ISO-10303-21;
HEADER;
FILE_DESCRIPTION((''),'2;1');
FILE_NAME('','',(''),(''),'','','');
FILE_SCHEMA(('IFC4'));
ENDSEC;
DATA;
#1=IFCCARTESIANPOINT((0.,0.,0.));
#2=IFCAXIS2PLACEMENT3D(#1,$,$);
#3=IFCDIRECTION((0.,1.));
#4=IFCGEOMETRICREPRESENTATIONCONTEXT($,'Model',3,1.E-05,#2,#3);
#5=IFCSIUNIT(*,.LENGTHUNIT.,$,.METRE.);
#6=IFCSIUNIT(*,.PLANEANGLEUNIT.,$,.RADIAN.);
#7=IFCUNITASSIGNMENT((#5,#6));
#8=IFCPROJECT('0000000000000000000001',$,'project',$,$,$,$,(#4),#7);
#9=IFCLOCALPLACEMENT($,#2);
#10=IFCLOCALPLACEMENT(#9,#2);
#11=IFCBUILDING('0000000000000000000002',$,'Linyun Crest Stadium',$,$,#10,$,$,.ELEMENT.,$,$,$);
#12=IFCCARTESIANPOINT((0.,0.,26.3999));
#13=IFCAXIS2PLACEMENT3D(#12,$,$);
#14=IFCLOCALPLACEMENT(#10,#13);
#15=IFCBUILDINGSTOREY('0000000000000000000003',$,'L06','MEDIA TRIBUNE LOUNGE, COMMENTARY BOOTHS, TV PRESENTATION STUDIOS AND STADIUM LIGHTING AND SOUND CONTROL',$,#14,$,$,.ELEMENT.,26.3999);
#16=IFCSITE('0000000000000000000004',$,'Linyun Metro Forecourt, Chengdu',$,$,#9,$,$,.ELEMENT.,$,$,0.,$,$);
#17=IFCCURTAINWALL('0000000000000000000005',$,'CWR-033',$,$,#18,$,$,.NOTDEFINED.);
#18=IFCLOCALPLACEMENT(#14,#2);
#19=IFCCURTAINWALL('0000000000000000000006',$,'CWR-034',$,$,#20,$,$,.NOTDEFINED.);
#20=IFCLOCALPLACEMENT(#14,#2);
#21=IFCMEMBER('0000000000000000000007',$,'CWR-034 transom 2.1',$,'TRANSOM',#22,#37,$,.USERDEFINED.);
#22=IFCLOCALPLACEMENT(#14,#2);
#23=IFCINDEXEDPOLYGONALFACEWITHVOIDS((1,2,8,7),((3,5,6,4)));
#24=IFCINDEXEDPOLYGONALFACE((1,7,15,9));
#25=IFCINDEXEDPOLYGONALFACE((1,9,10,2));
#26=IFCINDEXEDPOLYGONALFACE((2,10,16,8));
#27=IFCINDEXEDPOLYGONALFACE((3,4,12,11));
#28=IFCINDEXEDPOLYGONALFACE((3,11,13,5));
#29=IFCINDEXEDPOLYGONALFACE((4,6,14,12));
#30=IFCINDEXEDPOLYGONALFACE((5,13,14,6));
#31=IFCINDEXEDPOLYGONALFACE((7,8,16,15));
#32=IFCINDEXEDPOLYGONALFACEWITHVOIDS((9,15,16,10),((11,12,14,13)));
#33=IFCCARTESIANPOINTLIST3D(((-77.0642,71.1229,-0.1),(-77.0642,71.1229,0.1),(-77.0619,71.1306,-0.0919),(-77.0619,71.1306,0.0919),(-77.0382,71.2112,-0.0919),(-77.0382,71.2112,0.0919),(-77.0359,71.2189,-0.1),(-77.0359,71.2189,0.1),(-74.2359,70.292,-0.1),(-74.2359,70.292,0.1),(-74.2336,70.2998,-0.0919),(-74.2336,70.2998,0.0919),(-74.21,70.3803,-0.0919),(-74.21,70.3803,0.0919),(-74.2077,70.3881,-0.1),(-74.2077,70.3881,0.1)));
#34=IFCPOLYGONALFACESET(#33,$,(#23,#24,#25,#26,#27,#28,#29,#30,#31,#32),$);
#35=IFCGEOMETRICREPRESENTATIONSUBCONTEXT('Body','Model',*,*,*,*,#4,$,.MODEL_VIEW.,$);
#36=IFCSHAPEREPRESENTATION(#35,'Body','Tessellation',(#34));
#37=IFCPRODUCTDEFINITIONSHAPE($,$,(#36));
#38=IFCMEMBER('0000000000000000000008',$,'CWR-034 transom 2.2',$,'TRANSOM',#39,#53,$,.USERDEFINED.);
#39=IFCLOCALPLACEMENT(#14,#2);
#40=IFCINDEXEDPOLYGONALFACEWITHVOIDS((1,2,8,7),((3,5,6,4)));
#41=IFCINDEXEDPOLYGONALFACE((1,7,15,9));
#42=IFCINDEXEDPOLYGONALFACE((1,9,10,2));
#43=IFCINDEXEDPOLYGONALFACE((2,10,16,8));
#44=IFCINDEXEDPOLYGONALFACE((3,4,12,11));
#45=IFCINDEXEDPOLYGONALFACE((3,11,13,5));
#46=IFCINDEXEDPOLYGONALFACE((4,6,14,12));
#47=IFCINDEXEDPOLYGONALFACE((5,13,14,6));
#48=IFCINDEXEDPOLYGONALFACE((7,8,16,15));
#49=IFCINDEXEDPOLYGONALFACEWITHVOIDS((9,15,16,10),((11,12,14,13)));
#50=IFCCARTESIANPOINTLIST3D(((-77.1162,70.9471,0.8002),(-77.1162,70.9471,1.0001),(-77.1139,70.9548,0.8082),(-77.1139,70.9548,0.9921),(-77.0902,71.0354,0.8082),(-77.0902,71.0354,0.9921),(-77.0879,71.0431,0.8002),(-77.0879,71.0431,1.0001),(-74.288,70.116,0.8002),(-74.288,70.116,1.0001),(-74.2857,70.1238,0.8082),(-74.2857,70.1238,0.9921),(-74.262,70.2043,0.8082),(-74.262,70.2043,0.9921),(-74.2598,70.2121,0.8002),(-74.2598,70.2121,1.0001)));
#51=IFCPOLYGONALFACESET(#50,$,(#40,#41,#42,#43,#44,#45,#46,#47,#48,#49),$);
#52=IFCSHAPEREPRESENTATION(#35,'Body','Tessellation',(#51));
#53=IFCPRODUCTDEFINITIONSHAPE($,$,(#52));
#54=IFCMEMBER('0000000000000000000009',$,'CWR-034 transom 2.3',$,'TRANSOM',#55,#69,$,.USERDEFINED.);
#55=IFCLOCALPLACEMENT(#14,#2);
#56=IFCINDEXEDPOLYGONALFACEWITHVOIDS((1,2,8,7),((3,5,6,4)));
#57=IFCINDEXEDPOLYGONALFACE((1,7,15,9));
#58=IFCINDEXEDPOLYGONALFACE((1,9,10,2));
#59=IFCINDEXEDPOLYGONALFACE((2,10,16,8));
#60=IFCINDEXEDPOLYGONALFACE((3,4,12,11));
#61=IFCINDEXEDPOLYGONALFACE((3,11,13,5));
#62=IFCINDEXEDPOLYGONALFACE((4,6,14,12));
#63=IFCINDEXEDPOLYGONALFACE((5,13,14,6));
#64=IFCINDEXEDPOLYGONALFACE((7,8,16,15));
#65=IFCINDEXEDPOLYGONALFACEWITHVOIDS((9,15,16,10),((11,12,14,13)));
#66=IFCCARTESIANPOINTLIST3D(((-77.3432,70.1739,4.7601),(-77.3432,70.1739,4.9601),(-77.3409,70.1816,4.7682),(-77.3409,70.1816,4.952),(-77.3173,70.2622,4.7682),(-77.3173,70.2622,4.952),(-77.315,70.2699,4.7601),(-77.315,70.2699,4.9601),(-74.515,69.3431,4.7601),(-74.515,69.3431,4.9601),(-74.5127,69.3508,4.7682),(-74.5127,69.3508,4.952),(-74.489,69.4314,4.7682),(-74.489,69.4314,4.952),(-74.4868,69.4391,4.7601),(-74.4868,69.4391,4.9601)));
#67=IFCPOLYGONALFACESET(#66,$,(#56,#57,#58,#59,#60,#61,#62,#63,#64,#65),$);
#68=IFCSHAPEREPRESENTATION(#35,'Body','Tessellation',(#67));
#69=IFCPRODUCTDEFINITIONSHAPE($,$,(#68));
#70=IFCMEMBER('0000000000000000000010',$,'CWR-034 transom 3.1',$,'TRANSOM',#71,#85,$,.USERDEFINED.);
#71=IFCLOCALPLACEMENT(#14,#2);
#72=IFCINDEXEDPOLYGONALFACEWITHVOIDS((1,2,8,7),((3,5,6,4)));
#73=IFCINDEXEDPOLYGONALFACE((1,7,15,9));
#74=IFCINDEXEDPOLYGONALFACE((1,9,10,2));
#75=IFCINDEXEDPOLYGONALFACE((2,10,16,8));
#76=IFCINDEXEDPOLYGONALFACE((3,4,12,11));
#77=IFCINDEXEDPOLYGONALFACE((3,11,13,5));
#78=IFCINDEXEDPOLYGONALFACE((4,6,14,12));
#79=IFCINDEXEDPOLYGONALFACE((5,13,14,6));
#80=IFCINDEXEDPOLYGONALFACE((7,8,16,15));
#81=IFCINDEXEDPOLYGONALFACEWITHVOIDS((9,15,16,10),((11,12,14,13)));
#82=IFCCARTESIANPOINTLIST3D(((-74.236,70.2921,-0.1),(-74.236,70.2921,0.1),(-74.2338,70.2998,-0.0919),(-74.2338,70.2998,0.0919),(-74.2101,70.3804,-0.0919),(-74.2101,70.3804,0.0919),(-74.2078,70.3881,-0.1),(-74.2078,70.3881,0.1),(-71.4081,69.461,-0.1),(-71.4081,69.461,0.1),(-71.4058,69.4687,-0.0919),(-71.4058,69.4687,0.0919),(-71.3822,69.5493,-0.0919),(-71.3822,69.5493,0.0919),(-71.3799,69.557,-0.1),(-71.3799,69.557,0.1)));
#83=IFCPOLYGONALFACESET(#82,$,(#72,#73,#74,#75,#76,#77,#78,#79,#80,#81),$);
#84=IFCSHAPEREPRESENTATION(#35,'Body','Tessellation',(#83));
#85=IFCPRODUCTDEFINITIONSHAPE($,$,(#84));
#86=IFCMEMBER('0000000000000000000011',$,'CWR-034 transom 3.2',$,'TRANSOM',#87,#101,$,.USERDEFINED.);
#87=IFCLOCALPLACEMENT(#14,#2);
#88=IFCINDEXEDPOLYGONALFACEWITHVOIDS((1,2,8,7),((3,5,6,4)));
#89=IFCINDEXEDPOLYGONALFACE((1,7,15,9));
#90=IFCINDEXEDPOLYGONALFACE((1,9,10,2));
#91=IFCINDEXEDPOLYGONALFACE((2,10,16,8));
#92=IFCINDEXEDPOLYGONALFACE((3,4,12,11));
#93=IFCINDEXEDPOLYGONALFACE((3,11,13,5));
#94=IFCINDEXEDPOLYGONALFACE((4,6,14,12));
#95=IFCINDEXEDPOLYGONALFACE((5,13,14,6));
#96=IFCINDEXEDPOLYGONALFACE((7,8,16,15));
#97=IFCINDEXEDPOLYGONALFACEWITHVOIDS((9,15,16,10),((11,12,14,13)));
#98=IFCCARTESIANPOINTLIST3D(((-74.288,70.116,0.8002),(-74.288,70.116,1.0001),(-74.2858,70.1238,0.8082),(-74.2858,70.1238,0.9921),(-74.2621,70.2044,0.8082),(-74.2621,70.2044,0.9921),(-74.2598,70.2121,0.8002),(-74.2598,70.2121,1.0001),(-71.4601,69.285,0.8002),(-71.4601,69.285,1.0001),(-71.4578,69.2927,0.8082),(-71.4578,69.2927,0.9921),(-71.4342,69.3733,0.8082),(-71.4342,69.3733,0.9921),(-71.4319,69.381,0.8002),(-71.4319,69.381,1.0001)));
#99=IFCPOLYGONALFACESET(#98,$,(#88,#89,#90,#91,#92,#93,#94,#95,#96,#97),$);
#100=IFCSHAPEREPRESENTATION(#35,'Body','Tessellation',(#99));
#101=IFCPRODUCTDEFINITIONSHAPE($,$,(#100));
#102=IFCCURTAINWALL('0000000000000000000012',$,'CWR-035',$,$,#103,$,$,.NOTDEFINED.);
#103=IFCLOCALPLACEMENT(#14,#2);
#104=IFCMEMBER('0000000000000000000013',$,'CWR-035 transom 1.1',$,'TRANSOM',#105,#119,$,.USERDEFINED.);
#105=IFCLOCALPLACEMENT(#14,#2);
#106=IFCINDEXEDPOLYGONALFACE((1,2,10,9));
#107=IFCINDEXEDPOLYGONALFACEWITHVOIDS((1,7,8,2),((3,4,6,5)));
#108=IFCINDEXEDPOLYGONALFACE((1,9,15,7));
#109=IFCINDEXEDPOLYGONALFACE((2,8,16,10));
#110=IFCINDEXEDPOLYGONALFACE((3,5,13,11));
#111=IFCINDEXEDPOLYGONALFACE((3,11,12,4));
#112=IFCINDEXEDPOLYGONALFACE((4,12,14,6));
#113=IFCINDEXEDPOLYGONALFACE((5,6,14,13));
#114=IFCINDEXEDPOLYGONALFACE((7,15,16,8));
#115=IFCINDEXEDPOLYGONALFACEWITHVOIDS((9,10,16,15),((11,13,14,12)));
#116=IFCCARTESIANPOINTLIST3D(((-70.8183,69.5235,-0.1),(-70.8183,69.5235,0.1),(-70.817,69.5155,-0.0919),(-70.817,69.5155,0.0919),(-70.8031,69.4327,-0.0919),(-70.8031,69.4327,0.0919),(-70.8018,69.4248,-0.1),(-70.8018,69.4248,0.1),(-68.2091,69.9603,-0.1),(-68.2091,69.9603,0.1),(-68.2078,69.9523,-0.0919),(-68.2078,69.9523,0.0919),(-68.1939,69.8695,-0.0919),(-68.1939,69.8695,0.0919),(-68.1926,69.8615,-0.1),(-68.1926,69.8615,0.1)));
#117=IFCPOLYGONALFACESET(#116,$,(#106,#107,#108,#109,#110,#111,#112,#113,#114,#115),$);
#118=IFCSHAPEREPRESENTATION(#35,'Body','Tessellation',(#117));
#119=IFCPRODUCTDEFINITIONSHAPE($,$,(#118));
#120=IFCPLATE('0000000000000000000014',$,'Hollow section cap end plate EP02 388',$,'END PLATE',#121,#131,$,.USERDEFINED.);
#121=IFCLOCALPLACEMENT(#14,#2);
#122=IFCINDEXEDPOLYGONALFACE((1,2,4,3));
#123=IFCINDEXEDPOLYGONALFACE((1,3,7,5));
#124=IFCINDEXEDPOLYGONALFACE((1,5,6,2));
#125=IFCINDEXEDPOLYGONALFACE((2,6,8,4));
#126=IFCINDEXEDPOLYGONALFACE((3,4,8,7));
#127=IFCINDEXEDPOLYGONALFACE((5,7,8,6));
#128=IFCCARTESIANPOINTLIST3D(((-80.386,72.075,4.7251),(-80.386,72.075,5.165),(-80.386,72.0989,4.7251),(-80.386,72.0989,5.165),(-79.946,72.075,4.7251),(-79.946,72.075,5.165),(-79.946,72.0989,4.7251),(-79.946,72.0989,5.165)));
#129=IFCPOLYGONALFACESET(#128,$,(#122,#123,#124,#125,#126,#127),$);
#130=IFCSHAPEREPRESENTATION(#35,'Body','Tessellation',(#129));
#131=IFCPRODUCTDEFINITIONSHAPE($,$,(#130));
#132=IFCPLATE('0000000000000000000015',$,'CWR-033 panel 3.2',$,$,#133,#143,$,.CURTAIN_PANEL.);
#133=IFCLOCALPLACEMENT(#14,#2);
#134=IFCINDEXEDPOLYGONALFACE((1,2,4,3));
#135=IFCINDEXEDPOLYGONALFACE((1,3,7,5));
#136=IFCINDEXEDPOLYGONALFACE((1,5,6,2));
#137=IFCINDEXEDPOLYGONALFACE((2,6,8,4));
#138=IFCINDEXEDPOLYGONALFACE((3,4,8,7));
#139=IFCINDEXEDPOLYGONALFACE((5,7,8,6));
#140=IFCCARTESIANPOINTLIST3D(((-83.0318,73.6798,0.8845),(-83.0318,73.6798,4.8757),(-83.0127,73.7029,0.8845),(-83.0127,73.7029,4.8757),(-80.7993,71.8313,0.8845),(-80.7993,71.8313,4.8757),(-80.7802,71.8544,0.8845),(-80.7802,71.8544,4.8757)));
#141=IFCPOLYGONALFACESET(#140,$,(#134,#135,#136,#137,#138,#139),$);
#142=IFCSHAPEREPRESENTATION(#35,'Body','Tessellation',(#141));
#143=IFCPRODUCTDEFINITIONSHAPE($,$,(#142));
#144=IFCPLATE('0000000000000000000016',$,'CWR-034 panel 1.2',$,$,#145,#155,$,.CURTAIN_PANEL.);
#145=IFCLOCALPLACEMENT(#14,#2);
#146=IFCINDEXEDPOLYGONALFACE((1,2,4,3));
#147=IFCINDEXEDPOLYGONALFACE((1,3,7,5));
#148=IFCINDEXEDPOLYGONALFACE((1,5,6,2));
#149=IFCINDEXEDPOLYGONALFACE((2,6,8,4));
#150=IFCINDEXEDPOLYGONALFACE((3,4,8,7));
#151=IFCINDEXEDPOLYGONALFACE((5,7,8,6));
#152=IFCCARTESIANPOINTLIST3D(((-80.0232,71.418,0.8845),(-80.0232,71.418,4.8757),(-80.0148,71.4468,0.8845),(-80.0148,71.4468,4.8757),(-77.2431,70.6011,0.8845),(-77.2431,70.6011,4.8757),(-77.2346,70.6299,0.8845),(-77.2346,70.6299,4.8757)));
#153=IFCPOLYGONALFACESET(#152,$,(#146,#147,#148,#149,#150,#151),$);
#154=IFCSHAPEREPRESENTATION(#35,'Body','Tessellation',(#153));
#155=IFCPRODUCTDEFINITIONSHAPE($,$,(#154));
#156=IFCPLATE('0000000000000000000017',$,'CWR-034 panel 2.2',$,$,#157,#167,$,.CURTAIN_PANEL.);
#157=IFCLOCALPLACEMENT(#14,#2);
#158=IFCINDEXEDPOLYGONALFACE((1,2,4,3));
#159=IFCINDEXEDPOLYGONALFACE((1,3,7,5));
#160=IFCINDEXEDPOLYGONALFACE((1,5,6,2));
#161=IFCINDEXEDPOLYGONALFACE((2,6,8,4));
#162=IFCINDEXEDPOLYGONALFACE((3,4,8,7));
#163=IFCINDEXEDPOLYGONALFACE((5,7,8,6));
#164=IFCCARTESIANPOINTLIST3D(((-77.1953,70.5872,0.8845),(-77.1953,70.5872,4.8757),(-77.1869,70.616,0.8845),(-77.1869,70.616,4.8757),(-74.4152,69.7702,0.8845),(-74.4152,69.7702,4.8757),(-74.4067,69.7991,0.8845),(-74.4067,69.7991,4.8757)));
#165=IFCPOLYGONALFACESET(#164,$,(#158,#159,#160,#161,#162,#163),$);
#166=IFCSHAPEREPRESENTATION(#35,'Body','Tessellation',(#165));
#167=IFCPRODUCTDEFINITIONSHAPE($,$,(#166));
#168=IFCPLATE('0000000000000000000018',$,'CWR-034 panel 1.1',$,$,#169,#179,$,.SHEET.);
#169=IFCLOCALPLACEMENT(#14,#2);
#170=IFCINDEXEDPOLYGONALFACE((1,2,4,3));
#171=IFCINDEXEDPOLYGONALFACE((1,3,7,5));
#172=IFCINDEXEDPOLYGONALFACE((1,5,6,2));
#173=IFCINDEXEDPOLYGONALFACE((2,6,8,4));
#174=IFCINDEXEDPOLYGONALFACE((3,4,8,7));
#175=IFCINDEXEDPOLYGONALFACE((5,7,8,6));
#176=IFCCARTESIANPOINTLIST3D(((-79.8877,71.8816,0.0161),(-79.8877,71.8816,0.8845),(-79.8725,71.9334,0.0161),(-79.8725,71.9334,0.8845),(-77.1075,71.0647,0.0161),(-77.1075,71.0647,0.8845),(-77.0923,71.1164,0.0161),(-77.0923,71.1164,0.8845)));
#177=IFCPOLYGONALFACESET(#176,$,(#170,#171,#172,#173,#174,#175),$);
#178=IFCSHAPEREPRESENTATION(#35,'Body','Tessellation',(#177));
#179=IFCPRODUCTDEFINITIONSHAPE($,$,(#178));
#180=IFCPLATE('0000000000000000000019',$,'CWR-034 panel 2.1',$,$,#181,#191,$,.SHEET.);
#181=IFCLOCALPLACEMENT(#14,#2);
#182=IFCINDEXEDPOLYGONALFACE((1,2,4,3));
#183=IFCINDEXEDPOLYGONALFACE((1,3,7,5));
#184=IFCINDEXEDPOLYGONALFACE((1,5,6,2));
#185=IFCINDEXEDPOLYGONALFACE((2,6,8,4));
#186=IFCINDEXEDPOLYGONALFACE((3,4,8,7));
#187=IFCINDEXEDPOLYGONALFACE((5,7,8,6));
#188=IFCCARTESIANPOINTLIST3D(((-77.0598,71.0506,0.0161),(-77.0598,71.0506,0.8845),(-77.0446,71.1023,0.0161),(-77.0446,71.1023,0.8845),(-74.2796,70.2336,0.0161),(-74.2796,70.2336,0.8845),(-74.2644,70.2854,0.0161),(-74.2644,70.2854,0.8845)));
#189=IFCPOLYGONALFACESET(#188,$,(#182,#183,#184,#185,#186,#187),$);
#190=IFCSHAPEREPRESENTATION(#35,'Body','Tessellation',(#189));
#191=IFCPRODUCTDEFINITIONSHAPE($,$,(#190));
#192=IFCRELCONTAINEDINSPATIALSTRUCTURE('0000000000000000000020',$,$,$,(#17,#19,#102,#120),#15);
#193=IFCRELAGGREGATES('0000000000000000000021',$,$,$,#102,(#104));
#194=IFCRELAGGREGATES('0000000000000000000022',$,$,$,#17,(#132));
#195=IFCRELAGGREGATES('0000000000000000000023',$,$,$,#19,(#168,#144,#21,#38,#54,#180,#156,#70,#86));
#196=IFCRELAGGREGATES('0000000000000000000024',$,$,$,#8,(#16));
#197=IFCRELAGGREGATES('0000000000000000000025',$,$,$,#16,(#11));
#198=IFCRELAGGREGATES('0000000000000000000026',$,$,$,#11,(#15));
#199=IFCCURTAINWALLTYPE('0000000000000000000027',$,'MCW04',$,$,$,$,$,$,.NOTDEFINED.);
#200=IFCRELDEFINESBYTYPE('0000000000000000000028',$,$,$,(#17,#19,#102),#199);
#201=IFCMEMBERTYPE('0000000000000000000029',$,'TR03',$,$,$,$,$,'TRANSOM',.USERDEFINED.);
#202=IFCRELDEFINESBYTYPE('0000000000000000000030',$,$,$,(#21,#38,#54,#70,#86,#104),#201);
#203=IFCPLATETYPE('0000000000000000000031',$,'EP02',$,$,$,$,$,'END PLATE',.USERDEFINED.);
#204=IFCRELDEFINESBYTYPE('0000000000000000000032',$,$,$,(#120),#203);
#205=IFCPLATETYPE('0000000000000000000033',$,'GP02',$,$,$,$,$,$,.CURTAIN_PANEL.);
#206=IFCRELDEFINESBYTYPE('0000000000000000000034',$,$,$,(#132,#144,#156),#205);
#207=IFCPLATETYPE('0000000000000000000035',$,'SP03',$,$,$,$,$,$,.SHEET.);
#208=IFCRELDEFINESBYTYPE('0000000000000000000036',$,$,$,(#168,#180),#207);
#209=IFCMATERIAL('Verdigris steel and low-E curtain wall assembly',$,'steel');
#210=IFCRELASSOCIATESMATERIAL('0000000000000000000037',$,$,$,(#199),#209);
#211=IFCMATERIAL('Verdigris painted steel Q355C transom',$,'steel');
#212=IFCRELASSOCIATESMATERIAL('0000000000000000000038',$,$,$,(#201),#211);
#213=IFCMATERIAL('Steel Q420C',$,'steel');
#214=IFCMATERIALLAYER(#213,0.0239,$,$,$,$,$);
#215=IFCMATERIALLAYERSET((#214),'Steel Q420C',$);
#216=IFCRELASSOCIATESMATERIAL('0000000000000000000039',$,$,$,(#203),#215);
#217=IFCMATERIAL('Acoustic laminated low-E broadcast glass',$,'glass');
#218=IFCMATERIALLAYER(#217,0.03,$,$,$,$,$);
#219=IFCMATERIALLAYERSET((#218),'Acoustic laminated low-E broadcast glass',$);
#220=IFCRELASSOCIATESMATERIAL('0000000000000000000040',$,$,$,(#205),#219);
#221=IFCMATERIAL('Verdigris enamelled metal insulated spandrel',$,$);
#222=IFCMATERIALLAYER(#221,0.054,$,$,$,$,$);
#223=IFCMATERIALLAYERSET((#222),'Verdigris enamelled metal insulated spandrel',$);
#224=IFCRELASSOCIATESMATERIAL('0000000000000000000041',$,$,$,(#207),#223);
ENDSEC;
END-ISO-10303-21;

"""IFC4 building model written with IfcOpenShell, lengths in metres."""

from ifc_helpers import new_model, si_unit, direction, frame, origin, origin_2d, place, context, subcontext, project, spatial, rectangle, hollow_rectangle, extrude, material, layer, layer_set, material_profile, profile_set, type_object, element, aggregate, save


model = new_model("IFC4")

# Units and contexts
model_context = context("Model", 3, precision=1e-05, world=origin(), true_north=direction((0.0, 1.0)))
body_context = subcontext(model_context, "Body", "Model", "MODEL_VIEW")
ifc_project = project(units=[si_unit("LENGTHUNIT", "METRE"), si_unit("PLANEANGLEUNIT", "RADIAN")], contexts=[model_context])

# Site, building, storey
site_placement = place(None, origin())
site = spatial("IfcSite", under=ifc_project, at=site_placement, Name="Linyun Metro Forecourt, Chengdu", CompositionType="ELEMENT", RefElevation=0.0)
building_placement = place(site_placement, origin())
building = spatial("IfcBuilding", under=site, at=building_placement, Name="Linyun Crest Stadium", CompositionType="ELEMENT")
storey_placement = place(building_placement, frame((0.0, 0.0, 26.3999)))
storey = spatial("IfcBuildingStorey", under=building, at=storey_placement, Name="L06", Description="MEDIA TRIBUNE LOUNGE, COMMENTARY BOOTHS, TV PRESENTATION STUDIOS AND STADIUM LIGHTING AND SOUND CONTROL", CompositionType="ELEMENT", Elevation=26.3999)

# Curtain wall
ifc_material_1 = material(Name="Verdigris steel and low-E curtain wall assembly", Category="steel")
curtain_wall_type = type_object("IfcCurtainWallType", Name="MCW04", PredefinedType="NOTDEFINED", material=ifc_material_1)
curtain_wall_1_placement = place(storey_placement, origin())
curtain_wall_1 = element("IfcCurtainWall", 1, at=curtain_wall_1_placement, inside=storey, type_object=curtain_wall_type, Name="CWR-033", PredefinedType="NOTDEFINED")

# Curtain wall, members
curtain_wall_2_placement = place(storey_placement, origin())
curtain_wall_2 = element("IfcCurtainWall", 2, at=curtain_wall_2_placement, inside=storey, type_object=curtain_wall_type, Name="CWR-034", PredefinedType="NOTDEFINED")
ifc_material_2 = material(Name="Verdigris painted steel Q355C transom", Category="steel")
ifc_material_profile_1 = material_profile(ifc_material_2, hollow_rectangle(XDim=0.1001, YDim=0.2, WallThickness=0.0081, at=origin_2d()), Name="RHS 200x100x8")
ifc_profile_set_1 = profile_set([ifc_material_profile_1], Name="Verdigris painted steel Q355C transom")
member_type_1 = type_object("IfcMemberType", Name="TR03", ElementType="TRANSOM", PredefinedType="USERDEFINED", material=ifc_profile_set_1)
member_1_placement = place(storey_placement, frame((-77.05, 71.1709, 0.0), z_axis=(0.959456, -0.281857, 0.0), x_axis=(0.281857, 0.959456, 0.0)))
member_1 = element("IfcMember", 3, at=member_1_placement, type_object=member_type_1, Name="CWR-034 transom 2.1", ObjectType="TRANSOM", PredefinedType="USERDEFINED", context=body_context, shape_type="SweptSolid", body=[
    extrude(hollow_rectangle(XDim=0.1001, YDim=0.2, WallThickness=0.0081, at=origin_2d()), origin(), (0.0, 0.0, 1.0), 2.9478),
])
member_2_placement = place(storey_placement, frame((-77.1021, 70.9951, 0.9001), z_axis=(0.959434, -0.281933, 0.0), x_axis=(0.281933, 0.959434, 0.0)))
member_2 = element("IfcMember", 4, at=member_2_placement, type_object=member_type_1, Name="CWR-034 transom 2.2", ObjectType="TRANSOM", PredefinedType="USERDEFINED", context=body_context, shape_type="SweptSolid", body=[
    extrude(hollow_rectangle(XDim=0.1001, YDim=0.2, WallThickness=0.0081, at=origin_2d()), origin(), (0.0, 0.0, 1.0), 2.9478),
])
member_3_placement = place(storey_placement, frame((-77.3291, 70.2219, 4.8601), z_axis=(0.959456, -0.281857, 0.0), x_axis=(0.281857, 0.959456, 0.0)))
member_3 = element("IfcMember", 5, at=member_3_placement, type_object=member_type_1, Name="CWR-034 transom 2.3", ObjectType="TRANSOM", PredefinedType="USERDEFINED", context=body_context, shape_type="SweptSolid", body=[
    extrude(hollow_rectangle(XDim=0.1001, YDim=0.2, WallThickness=0.0081, at=origin_2d()), origin(), (0.0, 0.0, 1.0), 2.9478),
])
member_4_placement = place(storey_placement, frame((-74.2219, 70.3401, 0.0), z_axis=(0.959427, -0.281956, 0.0), x_axis=(0.281956, 0.959427, 0.0)))
member_4 = element("IfcMember", 6, at=member_4_placement, type_object=member_type_1, Name="CWR-034 transom 3.1", ObjectType="TRANSOM", PredefinedType="USERDEFINED", context=body_context, shape_type="SweptSolid", body=[
    extrude(hollow_rectangle(XDim=0.1001, YDim=0.2, WallThickness=0.0081, at=origin_2d()), origin(), (0.0, 0.0, 1.0), 2.9475),
])
member_5_placement = place(storey_placement, frame((-74.2739, 70.1641, 0.9001), z_axis=(0.959427, -0.281956, 0.0), x_axis=(0.281956, 0.959427, 0.0)))
member_5 = element("IfcMember", 7, at=member_5_placement, type_object=member_type_1, Name="CWR-034 transom 3.2", ObjectType="TRANSOM", PredefinedType="USERDEFINED", context=body_context, shape_type="SweptSolid", body=[
    extrude(hollow_rectangle(XDim=0.1001, YDim=0.2, WallThickness=0.0081, at=origin_2d()), origin(), (0.0, 0.0, 1.0), 2.9475),
])

# Curtain wall, member
curtain_wall_3_placement = place(storey_placement, origin())
curtain_wall_3 = element("IfcCurtainWall", 8, at=curtain_wall_3_placement, inside=storey, type_object=curtain_wall_type, Name="CWR-035", PredefinedType="NOTDEFINED")
member_6_placement = place(storey_placement, frame((-70.8101, 69.4741, 0.0), z_axis=(0.986276, 0.165102, 0.0), x_axis=(-0.165102, 0.986276, 0.0)))
member_6 = element("IfcMember", 9, at=member_6_placement, type_object=member_type_1, Name="CWR-035 transom 1.1", ObjectType="TRANSOM", PredefinedType="USERDEFINED", context=body_context, shape_type="SweptSolid", body=[
    extrude(hollow_rectangle(XDim=0.1001, YDim=0.2, WallThickness=0.0081, at=origin_2d()), origin(), (0.0, 0.0, 1.0), 2.6455),
])
aggregate(curtain_wall_3, [member_6])

# Plates
ifc_material_3 = material(Name="Steel Q420C", Category="steel")
ifc_layer_1 = layer(ifc_material_3, 0.0239)
ifc_layer_set_1 = layer_set([ifc_layer_1], Name="Steel Q420C")
plate_type_1 = type_object("IfcPlateType", Name="EP02", ElementType="END PLATE", PredefinedType="USERDEFINED", material=ifc_layer_set_1)
plate_1_placement = place(storey_placement, frame((-80.166, 72.0869, 4.7251), z_axis=(0.0, 0.0, 1.0), x_axis=(1.0, 0.0, 0.0)))
element("IfcPlate", 10, at=plate_1_placement, inside=storey, type_object=plate_type_1, Name="Hollow section cap end plate EP02 388", ObjectType="END PLATE", PredefinedType="USERDEFINED", context=body_context, shape_type="SweptSolid", body=[
    extrude(rectangle(XDim=0.4399, YDim=0.0239, at=origin_2d()), origin(), (0.0, 0.0, 1.0), 0.4399),
])
ifc_material_4 = material(Name="Acoustic laminated low-E broadcast glass", Category="glass")
ifc_layer_2 = layer(ifc_material_4, 0.03)
ifc_layer_set_2 = layer_set([ifc_layer_2], Name="Acoustic laminated low-E broadcast glass")
plate_type_2 = type_object("IfcPlateType", Name="GP02", PredefinedType="CURTAIN_PANEL", material=ifc_layer_set_2)
plate_2_placement = place(storey_placement, frame((-81.906, 72.7671, 0.8845), z_axis=(0.0, 0.0, 1.0), x_axis=(0.770246, -0.637747, 0.0)))
plate_2 = element("IfcPlate", 11, at=plate_2_placement, type_object=plate_type_2, Name="CWR-033 panel 3.2", PredefinedType="CURTAIN_PANEL", context=body_context, shape_type="SweptSolid", body=[
    extrude(rectangle(XDim=2.8984, YDim=0.03, at=origin_2d()), origin(), (0.0, 0.0, 1.0), 3.9912),
])
aggregate(curtain_wall_1, [plate_2])
plate_3_placement = place(storey_placement, frame((-78.6289, 71.0239, 0.8845), z_axis=(0.0, 0.0, 1.0), x_axis=(0.959437, -0.281923, 0.0)))
plate_3 = element("IfcPlate", 12, at=plate_3_placement, type_object=plate_type_2, Name="CWR-034 panel 1.2", PredefinedType="CURTAIN_PANEL", context=body_context, shape_type="SweptSolid", body=[
    extrude(rectangle(XDim=2.8977, YDim=0.03, at=origin_2d()), origin(), (0.0, 0.0, 1.0), 3.9912),
])
plate_4_placement = place(storey_placement, frame((-75.801, 70.1931, 0.8845), z_axis=(0.0, 0.0, 1.0), x_axis=(0.959437, -0.281923, 0.0)))
plate_4 = element("IfcPlate", 13, at=plate_4_placement, type_object=plate_type_2, Name="CWR-034 panel 2.2", PredefinedType="CURTAIN_PANEL", context=body_context, shape_type="SweptSolid", body=[
    extrude(rectangle(XDim=2.8977, YDim=0.03, at=origin_2d()), origin(), (0.0, 0.0, 1.0), 3.9912),
])
ifc_material_5 = material(Name="Verdigris enamelled metal insulated spandrel")
ifc_layer_3 = layer(ifc_material_5, 0.054)
ifc_layer_set_3 = layer_set([ifc_layer_3], Name="Verdigris enamelled metal insulated spandrel")
plate_type_3 = type_object("IfcPlateType", Name="SP03", PredefinedType="SHEET", material=ifc_layer_set_3)
plate_5_placement = place(storey_placement, frame((-78.49, 71.499, 0.0161), z_axis=(0.0, 0.0, 1.0), x_axis=(0.959437, -0.281923, 0.0)))
plate_5 = element("IfcPlate", 14, at=plate_5_placement, type_object=plate_type_3, Name="CWR-034 panel 1.1", PredefinedType="SHEET", context=body_context, shape_type="SweptSolid", body=[
    extrude(rectangle(XDim=2.8977, YDim=0.054, at=origin_2d()), origin(), (0.0, 0.0, 1.0), 0.8684),
])
plate_6_placement = place(storey_placement, frame((-75.6621, 70.668, 0.0161), z_axis=(0.0, 0.0, 1.0), x_axis=(0.959437, -0.281923, 0.0)))
plate_6 = element("IfcPlate", 15, at=plate_6_placement, type_object=plate_type_3, Name="CWR-034 panel 2.1", PredefinedType="SHEET", context=body_context, shape_type="SweptSolid", body=[
    extrude(rectangle(XDim=2.8977, YDim=0.054, at=origin_2d()), origin(), (0.0, 0.0, 1.0), 0.8684),
])
aggregate(curtain_wall_2, [plate_5, plate_3, member_1, member_2, member_3, plate_6, plate_4, member_4, member_5])

save(model, "model.ifc")
